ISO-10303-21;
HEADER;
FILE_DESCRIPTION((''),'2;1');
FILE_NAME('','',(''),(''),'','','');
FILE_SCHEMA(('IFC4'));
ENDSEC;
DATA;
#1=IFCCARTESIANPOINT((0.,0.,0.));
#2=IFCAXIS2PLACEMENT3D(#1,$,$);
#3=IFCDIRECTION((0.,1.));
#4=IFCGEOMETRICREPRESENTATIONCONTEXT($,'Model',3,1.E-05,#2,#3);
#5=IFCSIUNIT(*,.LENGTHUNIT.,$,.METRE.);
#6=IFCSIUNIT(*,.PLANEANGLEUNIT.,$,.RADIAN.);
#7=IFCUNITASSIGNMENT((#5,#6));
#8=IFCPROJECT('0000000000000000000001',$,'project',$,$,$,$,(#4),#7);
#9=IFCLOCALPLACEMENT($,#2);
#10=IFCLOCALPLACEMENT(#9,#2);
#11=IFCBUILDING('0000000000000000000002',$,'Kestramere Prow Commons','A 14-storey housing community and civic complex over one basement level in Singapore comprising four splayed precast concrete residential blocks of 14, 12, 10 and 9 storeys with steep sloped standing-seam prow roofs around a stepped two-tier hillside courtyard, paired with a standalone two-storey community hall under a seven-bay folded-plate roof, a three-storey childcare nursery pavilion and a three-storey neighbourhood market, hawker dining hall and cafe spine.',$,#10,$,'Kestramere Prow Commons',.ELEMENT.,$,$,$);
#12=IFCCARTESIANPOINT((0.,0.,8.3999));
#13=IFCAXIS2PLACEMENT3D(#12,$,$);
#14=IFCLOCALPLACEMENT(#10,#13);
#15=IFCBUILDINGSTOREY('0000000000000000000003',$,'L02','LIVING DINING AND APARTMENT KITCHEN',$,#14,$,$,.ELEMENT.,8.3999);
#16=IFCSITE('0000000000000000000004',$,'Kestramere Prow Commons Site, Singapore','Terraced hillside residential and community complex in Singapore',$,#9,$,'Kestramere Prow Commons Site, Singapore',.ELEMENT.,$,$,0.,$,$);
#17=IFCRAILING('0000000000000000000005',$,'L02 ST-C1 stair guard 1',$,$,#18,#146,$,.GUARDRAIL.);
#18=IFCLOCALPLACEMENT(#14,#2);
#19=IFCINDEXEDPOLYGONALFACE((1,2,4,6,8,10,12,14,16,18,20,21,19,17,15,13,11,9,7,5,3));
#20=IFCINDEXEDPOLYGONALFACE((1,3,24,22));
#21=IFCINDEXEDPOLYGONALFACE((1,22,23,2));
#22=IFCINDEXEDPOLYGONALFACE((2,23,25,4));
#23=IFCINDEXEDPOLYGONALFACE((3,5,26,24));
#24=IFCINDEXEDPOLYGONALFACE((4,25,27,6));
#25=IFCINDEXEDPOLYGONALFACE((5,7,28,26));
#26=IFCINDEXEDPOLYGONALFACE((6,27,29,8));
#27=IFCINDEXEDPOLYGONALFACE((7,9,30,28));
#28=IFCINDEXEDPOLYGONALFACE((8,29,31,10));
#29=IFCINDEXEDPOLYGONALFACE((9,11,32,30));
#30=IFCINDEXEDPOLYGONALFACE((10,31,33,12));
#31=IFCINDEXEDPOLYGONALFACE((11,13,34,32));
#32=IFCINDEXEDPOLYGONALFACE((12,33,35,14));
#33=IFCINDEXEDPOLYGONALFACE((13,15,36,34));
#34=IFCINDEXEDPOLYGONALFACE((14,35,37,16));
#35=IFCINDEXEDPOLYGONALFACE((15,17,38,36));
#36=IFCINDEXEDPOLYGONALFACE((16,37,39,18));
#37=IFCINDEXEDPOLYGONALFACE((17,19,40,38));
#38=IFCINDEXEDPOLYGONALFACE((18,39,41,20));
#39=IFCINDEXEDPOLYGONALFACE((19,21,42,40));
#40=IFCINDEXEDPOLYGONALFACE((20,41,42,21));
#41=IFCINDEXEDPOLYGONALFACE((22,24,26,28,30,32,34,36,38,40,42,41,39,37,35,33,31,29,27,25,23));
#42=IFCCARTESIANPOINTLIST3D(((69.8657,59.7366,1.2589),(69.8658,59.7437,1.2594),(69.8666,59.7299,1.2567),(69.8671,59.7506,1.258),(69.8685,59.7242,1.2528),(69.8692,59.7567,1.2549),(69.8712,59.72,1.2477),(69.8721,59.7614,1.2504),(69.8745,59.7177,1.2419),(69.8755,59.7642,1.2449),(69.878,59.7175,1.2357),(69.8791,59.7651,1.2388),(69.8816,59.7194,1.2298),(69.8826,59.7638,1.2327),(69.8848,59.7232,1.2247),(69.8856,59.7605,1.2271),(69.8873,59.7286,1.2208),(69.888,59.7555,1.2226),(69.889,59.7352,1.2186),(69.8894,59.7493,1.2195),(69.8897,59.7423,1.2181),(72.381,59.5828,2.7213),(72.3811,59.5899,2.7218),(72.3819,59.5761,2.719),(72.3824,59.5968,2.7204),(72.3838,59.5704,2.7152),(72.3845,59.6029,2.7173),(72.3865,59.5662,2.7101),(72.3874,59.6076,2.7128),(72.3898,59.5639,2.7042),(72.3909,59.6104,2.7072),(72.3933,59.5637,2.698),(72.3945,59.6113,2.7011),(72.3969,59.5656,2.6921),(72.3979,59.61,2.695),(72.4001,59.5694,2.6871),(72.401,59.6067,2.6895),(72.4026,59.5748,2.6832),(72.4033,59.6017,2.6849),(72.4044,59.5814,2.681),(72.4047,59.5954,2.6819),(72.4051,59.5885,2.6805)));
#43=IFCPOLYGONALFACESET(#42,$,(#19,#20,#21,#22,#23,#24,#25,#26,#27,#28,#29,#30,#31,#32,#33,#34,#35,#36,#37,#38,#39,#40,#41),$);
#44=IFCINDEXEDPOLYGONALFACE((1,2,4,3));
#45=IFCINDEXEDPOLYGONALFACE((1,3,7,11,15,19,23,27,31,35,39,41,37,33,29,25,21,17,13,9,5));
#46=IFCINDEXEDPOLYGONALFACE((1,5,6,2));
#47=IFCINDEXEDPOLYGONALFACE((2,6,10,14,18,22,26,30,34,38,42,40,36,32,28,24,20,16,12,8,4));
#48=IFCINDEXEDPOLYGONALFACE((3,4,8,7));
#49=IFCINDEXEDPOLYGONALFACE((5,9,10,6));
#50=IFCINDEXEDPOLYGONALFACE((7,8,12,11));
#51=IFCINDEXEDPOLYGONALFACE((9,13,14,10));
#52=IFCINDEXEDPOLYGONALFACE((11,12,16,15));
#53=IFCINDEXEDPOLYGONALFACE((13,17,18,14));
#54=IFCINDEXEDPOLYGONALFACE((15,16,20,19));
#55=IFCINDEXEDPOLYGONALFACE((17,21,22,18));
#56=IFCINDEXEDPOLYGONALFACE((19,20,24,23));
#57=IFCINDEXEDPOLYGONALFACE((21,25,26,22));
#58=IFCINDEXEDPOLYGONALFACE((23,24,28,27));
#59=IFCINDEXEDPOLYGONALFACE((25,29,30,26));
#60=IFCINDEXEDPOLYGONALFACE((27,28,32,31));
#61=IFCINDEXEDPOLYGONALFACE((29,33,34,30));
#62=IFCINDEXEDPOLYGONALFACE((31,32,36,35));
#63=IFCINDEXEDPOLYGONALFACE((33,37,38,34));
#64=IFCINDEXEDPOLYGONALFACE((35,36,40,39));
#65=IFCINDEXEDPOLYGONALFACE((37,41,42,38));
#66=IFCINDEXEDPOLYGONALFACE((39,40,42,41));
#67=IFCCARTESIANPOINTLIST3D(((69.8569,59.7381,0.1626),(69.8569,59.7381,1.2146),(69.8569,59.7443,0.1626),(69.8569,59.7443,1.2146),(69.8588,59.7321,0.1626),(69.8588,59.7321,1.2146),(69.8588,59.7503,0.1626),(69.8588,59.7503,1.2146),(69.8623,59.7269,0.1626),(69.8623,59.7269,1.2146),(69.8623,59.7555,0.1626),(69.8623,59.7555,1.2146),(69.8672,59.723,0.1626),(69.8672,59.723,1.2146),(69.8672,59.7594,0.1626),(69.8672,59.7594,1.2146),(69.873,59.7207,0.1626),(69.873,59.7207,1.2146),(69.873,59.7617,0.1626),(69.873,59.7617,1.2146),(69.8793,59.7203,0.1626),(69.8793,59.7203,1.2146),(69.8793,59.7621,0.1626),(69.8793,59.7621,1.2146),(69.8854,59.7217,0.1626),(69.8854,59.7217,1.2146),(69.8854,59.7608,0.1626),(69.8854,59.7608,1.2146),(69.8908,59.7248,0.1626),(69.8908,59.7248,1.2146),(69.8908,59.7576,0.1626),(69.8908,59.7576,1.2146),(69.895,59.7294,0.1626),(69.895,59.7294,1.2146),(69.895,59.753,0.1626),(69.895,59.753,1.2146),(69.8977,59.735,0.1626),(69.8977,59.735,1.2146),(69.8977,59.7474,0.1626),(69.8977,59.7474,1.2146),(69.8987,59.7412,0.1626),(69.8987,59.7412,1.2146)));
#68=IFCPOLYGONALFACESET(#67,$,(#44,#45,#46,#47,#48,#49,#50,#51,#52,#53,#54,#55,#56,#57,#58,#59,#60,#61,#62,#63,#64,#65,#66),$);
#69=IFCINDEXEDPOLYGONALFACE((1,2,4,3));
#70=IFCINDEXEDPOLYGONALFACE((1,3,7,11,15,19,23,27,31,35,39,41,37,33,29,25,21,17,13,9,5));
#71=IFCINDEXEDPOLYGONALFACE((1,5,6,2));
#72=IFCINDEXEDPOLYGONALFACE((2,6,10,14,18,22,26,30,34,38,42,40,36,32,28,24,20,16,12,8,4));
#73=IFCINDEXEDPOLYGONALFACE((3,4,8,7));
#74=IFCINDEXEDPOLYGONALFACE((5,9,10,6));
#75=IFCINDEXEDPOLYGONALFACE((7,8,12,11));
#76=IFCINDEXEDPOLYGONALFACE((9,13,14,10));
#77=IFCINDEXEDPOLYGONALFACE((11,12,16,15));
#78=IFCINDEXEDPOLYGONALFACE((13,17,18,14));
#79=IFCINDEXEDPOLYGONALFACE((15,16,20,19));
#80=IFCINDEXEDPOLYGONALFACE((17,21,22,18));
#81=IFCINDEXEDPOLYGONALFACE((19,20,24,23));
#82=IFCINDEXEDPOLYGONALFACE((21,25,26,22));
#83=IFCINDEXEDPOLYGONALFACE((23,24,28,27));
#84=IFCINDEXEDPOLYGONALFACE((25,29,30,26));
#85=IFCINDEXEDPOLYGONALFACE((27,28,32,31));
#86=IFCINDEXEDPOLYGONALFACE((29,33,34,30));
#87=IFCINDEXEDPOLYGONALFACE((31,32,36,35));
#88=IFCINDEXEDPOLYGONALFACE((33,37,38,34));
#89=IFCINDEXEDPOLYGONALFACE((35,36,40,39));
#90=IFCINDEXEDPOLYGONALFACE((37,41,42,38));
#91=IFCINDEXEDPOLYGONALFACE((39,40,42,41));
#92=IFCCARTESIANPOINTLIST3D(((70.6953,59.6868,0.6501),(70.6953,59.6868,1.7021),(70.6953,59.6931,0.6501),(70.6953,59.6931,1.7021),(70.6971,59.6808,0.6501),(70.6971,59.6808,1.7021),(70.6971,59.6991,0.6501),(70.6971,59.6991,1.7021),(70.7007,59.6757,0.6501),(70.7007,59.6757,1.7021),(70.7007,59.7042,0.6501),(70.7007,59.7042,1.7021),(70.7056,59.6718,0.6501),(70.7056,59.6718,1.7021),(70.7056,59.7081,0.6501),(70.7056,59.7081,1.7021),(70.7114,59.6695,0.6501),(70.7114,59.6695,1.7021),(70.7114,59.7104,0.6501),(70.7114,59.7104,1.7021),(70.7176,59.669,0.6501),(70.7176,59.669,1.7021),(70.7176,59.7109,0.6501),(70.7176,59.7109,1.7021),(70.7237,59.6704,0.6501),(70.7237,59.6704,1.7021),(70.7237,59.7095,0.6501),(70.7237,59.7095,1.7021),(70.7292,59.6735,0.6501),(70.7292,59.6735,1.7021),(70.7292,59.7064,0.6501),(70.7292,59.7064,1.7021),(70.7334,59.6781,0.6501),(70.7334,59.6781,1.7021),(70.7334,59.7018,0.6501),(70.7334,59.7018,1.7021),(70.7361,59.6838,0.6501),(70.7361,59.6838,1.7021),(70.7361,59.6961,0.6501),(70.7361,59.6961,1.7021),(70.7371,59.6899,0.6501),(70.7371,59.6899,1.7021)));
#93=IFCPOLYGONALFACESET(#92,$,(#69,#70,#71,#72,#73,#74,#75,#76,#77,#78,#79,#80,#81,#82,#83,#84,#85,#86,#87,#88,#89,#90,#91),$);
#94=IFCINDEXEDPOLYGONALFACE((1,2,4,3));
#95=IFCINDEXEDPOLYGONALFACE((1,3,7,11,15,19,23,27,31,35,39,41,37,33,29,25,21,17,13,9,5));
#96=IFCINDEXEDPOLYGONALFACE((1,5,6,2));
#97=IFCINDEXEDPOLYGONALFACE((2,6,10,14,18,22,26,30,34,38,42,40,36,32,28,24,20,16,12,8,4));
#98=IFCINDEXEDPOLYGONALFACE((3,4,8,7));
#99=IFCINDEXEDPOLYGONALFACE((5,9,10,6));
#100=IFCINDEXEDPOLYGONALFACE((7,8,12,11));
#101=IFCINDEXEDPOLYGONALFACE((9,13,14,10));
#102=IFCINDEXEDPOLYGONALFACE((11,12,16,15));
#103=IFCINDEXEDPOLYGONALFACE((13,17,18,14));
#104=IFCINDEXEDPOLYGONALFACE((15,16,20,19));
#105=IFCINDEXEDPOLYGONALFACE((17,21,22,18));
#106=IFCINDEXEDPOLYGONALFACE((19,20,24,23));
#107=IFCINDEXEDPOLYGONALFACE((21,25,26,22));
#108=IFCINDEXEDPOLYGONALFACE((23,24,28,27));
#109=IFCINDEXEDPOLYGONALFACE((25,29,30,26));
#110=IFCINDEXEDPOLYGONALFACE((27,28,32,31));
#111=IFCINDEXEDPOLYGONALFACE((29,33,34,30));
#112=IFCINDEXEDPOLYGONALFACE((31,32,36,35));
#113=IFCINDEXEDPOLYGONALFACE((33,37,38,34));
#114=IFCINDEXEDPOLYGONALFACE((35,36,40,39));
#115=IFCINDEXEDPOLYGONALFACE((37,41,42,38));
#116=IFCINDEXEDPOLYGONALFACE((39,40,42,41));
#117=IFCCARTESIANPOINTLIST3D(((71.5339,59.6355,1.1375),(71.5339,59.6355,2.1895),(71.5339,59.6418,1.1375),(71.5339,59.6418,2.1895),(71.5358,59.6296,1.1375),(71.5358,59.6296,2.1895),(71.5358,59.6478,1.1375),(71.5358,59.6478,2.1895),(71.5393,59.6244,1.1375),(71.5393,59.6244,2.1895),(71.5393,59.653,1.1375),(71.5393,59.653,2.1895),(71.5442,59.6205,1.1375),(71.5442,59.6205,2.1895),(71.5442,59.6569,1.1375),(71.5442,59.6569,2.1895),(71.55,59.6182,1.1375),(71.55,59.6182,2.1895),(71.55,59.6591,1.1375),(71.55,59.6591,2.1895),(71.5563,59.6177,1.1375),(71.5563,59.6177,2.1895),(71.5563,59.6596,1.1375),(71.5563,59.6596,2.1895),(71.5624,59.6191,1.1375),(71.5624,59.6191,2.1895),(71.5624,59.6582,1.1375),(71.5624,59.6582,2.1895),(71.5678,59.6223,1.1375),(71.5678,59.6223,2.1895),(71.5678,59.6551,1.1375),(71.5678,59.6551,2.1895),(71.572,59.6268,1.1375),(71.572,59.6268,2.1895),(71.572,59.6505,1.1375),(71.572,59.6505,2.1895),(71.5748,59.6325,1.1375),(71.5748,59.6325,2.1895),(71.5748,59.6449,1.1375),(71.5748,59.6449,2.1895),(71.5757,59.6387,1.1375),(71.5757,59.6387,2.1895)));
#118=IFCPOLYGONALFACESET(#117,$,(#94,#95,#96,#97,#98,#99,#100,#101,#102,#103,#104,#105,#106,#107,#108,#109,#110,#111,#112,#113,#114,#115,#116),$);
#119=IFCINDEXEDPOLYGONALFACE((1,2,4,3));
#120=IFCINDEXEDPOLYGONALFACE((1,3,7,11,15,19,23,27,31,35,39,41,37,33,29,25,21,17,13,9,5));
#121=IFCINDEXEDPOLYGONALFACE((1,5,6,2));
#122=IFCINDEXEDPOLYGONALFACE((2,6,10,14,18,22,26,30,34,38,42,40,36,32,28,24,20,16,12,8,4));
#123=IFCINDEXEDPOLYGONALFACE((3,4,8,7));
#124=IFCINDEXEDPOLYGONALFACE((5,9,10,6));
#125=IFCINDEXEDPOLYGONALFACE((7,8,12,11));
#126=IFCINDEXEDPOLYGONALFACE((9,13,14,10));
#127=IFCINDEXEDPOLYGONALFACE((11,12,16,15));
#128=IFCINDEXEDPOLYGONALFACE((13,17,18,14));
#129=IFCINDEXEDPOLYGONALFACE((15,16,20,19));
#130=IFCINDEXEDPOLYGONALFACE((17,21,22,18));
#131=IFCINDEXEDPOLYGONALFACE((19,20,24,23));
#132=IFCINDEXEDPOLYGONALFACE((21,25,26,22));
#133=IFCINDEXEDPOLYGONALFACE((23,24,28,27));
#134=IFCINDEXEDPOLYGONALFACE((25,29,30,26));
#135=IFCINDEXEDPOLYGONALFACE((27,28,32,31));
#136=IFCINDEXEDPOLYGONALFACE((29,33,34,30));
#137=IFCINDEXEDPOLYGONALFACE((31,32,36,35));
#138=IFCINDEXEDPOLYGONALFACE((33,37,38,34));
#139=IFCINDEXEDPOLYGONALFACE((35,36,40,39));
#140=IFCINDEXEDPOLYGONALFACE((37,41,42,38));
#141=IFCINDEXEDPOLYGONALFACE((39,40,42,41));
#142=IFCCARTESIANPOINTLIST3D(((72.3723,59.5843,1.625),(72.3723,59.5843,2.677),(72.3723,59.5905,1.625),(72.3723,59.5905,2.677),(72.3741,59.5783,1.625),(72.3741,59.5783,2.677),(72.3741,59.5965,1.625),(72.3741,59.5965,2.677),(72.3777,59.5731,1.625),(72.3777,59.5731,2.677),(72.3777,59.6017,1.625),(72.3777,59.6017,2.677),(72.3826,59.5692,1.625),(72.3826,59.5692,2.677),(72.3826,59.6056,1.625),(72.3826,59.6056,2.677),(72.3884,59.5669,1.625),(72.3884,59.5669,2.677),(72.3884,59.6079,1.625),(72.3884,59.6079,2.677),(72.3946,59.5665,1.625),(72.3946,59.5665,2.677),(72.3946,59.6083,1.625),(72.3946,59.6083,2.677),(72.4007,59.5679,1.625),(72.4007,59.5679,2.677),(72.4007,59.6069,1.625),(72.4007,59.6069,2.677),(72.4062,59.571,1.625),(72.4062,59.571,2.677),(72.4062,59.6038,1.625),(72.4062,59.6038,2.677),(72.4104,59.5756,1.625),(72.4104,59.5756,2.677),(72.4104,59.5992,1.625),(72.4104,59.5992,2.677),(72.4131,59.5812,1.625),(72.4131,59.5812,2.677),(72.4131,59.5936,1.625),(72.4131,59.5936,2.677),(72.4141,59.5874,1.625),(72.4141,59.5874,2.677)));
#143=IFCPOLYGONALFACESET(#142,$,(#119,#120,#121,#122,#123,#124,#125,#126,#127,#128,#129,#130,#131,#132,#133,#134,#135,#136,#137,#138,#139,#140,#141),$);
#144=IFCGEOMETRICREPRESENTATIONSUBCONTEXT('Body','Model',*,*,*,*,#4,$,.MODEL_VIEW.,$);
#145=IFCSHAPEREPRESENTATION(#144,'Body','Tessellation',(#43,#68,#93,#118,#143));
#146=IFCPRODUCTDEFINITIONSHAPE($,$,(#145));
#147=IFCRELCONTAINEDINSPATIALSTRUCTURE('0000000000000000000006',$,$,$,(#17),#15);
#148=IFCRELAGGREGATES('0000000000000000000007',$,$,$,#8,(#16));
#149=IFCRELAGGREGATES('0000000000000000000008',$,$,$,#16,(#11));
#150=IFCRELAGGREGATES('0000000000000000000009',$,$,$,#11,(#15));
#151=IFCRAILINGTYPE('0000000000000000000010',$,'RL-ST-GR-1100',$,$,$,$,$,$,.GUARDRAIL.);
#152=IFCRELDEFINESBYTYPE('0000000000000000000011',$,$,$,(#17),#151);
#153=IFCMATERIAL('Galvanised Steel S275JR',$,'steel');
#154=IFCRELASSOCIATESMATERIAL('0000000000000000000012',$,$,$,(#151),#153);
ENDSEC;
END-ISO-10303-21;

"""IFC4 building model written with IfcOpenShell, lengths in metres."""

from ifc_helpers import new_model, si_unit, direction, frame, origin, origin_2d, place, context, subcontext, project, spatial, circle, extrude, material, type_object, element, save


model = new_model("IFC4")

# Units and contexts
model_context = context("Model", 3, precision=1e-05, world=origin(), true_north=direction((0.0, 1.0)))
body_context = subcontext(model_context, "Body", "Model", "MODEL_VIEW")
ifc_project = project(units=[si_unit("LENGTHUNIT", "METRE"), si_unit("PLANEANGLEUNIT", "RADIAN")], contexts=[model_context])

# Site, building, storey
site_placement = place(None, origin())
site = spatial("IfcSite", under=ifc_project, at=site_placement, Name="Kestramere Prow Commons Site, Singapore", Description="Terraced hillside residential and community complex in Singapore", LongName="Kestramere Prow Commons Site, Singapore", CompositionType="ELEMENT", RefElevation=0.0)
building_placement = place(site_placement, origin())
building = spatial("IfcBuilding", under=site, at=building_placement, Name="Kestramere Prow Commons", Description="A 14-storey housing community and civic complex over one basement level in Singapore comprising four splayed precast concrete residential blocks of 14, 12, 10 and 9 storeys with steep sloped standing-seam prow roofs around a stepped two-tier hillside courtyard, paired with a standalone two-storey community hall under a seven-bay folded-plate roof, a three-storey childcare nursery pavilion and a three-storey neighbourhood market, hawker dining hall and cafe spine.", LongName="Kestramere Prow Commons", CompositionType="ELEMENT")
storey_placement = place(building_placement, frame((0.0, 0.0, 8.3999)))
storey = spatial("IfcBuildingStorey", under=building, at=storey_placement, Name="L02", Description="LIVING DINING AND APARTMENT KITCHEN", CompositionType="ELEMENT", Elevation=8.3999)

# Railing
ifc_material_1 = material(Name="Galvanised Steel S275JR", Category="steel")
railing_type_1 = type_object("IfcRailingType", Name="RL-ST-GR-1100", PredefinedType="GUARDRAIL", material=ifc_material_1)
railing_1_placement = place(storey_placement, frame((69.8777, 59.7412, 0.1626)))
element("IfcRailing", 1, at=railing_1_placement, inside=storey, type_object=railing_type_1, Name="L02 ST-C1 stair guard 1", PredefinedType="GUARDRAIL", context=body_context, shape_type="SweptSolid", body=[
    extrude(circle(Radius=0.0239, at=origin_2d()), frame((0.0, 0.0, 1.0762), z_axis=(0.863306, -0.052789, 0.501912), x_axis=(0.061033, 0.998136, 0.0)), (0.0, 0.0, 1.0), 2.9136),
    extrude(circle(Radius=0.021, at=origin_2d()), origin(), (0.0, 0.0, 1.0), 1.052),
    extrude(circle(Radius=0.021, at=origin_2d()), frame((0.8384, -0.0513, 0.4875)), (0.0, 0.0, 1.0), 1.052),
    extrude(circle(Radius=0.021, at=origin_2d()), frame((1.677, -0.1025, 0.9749)), (0.0, 0.0, 1.0), 1.052),
    extrude(circle(Radius=0.021, at=origin_2d()), frame((2.5154, -0.1538, 1.4624)), (0.0, 0.0, 1.0), 1.052),
])

save(model, "model.ifc")
